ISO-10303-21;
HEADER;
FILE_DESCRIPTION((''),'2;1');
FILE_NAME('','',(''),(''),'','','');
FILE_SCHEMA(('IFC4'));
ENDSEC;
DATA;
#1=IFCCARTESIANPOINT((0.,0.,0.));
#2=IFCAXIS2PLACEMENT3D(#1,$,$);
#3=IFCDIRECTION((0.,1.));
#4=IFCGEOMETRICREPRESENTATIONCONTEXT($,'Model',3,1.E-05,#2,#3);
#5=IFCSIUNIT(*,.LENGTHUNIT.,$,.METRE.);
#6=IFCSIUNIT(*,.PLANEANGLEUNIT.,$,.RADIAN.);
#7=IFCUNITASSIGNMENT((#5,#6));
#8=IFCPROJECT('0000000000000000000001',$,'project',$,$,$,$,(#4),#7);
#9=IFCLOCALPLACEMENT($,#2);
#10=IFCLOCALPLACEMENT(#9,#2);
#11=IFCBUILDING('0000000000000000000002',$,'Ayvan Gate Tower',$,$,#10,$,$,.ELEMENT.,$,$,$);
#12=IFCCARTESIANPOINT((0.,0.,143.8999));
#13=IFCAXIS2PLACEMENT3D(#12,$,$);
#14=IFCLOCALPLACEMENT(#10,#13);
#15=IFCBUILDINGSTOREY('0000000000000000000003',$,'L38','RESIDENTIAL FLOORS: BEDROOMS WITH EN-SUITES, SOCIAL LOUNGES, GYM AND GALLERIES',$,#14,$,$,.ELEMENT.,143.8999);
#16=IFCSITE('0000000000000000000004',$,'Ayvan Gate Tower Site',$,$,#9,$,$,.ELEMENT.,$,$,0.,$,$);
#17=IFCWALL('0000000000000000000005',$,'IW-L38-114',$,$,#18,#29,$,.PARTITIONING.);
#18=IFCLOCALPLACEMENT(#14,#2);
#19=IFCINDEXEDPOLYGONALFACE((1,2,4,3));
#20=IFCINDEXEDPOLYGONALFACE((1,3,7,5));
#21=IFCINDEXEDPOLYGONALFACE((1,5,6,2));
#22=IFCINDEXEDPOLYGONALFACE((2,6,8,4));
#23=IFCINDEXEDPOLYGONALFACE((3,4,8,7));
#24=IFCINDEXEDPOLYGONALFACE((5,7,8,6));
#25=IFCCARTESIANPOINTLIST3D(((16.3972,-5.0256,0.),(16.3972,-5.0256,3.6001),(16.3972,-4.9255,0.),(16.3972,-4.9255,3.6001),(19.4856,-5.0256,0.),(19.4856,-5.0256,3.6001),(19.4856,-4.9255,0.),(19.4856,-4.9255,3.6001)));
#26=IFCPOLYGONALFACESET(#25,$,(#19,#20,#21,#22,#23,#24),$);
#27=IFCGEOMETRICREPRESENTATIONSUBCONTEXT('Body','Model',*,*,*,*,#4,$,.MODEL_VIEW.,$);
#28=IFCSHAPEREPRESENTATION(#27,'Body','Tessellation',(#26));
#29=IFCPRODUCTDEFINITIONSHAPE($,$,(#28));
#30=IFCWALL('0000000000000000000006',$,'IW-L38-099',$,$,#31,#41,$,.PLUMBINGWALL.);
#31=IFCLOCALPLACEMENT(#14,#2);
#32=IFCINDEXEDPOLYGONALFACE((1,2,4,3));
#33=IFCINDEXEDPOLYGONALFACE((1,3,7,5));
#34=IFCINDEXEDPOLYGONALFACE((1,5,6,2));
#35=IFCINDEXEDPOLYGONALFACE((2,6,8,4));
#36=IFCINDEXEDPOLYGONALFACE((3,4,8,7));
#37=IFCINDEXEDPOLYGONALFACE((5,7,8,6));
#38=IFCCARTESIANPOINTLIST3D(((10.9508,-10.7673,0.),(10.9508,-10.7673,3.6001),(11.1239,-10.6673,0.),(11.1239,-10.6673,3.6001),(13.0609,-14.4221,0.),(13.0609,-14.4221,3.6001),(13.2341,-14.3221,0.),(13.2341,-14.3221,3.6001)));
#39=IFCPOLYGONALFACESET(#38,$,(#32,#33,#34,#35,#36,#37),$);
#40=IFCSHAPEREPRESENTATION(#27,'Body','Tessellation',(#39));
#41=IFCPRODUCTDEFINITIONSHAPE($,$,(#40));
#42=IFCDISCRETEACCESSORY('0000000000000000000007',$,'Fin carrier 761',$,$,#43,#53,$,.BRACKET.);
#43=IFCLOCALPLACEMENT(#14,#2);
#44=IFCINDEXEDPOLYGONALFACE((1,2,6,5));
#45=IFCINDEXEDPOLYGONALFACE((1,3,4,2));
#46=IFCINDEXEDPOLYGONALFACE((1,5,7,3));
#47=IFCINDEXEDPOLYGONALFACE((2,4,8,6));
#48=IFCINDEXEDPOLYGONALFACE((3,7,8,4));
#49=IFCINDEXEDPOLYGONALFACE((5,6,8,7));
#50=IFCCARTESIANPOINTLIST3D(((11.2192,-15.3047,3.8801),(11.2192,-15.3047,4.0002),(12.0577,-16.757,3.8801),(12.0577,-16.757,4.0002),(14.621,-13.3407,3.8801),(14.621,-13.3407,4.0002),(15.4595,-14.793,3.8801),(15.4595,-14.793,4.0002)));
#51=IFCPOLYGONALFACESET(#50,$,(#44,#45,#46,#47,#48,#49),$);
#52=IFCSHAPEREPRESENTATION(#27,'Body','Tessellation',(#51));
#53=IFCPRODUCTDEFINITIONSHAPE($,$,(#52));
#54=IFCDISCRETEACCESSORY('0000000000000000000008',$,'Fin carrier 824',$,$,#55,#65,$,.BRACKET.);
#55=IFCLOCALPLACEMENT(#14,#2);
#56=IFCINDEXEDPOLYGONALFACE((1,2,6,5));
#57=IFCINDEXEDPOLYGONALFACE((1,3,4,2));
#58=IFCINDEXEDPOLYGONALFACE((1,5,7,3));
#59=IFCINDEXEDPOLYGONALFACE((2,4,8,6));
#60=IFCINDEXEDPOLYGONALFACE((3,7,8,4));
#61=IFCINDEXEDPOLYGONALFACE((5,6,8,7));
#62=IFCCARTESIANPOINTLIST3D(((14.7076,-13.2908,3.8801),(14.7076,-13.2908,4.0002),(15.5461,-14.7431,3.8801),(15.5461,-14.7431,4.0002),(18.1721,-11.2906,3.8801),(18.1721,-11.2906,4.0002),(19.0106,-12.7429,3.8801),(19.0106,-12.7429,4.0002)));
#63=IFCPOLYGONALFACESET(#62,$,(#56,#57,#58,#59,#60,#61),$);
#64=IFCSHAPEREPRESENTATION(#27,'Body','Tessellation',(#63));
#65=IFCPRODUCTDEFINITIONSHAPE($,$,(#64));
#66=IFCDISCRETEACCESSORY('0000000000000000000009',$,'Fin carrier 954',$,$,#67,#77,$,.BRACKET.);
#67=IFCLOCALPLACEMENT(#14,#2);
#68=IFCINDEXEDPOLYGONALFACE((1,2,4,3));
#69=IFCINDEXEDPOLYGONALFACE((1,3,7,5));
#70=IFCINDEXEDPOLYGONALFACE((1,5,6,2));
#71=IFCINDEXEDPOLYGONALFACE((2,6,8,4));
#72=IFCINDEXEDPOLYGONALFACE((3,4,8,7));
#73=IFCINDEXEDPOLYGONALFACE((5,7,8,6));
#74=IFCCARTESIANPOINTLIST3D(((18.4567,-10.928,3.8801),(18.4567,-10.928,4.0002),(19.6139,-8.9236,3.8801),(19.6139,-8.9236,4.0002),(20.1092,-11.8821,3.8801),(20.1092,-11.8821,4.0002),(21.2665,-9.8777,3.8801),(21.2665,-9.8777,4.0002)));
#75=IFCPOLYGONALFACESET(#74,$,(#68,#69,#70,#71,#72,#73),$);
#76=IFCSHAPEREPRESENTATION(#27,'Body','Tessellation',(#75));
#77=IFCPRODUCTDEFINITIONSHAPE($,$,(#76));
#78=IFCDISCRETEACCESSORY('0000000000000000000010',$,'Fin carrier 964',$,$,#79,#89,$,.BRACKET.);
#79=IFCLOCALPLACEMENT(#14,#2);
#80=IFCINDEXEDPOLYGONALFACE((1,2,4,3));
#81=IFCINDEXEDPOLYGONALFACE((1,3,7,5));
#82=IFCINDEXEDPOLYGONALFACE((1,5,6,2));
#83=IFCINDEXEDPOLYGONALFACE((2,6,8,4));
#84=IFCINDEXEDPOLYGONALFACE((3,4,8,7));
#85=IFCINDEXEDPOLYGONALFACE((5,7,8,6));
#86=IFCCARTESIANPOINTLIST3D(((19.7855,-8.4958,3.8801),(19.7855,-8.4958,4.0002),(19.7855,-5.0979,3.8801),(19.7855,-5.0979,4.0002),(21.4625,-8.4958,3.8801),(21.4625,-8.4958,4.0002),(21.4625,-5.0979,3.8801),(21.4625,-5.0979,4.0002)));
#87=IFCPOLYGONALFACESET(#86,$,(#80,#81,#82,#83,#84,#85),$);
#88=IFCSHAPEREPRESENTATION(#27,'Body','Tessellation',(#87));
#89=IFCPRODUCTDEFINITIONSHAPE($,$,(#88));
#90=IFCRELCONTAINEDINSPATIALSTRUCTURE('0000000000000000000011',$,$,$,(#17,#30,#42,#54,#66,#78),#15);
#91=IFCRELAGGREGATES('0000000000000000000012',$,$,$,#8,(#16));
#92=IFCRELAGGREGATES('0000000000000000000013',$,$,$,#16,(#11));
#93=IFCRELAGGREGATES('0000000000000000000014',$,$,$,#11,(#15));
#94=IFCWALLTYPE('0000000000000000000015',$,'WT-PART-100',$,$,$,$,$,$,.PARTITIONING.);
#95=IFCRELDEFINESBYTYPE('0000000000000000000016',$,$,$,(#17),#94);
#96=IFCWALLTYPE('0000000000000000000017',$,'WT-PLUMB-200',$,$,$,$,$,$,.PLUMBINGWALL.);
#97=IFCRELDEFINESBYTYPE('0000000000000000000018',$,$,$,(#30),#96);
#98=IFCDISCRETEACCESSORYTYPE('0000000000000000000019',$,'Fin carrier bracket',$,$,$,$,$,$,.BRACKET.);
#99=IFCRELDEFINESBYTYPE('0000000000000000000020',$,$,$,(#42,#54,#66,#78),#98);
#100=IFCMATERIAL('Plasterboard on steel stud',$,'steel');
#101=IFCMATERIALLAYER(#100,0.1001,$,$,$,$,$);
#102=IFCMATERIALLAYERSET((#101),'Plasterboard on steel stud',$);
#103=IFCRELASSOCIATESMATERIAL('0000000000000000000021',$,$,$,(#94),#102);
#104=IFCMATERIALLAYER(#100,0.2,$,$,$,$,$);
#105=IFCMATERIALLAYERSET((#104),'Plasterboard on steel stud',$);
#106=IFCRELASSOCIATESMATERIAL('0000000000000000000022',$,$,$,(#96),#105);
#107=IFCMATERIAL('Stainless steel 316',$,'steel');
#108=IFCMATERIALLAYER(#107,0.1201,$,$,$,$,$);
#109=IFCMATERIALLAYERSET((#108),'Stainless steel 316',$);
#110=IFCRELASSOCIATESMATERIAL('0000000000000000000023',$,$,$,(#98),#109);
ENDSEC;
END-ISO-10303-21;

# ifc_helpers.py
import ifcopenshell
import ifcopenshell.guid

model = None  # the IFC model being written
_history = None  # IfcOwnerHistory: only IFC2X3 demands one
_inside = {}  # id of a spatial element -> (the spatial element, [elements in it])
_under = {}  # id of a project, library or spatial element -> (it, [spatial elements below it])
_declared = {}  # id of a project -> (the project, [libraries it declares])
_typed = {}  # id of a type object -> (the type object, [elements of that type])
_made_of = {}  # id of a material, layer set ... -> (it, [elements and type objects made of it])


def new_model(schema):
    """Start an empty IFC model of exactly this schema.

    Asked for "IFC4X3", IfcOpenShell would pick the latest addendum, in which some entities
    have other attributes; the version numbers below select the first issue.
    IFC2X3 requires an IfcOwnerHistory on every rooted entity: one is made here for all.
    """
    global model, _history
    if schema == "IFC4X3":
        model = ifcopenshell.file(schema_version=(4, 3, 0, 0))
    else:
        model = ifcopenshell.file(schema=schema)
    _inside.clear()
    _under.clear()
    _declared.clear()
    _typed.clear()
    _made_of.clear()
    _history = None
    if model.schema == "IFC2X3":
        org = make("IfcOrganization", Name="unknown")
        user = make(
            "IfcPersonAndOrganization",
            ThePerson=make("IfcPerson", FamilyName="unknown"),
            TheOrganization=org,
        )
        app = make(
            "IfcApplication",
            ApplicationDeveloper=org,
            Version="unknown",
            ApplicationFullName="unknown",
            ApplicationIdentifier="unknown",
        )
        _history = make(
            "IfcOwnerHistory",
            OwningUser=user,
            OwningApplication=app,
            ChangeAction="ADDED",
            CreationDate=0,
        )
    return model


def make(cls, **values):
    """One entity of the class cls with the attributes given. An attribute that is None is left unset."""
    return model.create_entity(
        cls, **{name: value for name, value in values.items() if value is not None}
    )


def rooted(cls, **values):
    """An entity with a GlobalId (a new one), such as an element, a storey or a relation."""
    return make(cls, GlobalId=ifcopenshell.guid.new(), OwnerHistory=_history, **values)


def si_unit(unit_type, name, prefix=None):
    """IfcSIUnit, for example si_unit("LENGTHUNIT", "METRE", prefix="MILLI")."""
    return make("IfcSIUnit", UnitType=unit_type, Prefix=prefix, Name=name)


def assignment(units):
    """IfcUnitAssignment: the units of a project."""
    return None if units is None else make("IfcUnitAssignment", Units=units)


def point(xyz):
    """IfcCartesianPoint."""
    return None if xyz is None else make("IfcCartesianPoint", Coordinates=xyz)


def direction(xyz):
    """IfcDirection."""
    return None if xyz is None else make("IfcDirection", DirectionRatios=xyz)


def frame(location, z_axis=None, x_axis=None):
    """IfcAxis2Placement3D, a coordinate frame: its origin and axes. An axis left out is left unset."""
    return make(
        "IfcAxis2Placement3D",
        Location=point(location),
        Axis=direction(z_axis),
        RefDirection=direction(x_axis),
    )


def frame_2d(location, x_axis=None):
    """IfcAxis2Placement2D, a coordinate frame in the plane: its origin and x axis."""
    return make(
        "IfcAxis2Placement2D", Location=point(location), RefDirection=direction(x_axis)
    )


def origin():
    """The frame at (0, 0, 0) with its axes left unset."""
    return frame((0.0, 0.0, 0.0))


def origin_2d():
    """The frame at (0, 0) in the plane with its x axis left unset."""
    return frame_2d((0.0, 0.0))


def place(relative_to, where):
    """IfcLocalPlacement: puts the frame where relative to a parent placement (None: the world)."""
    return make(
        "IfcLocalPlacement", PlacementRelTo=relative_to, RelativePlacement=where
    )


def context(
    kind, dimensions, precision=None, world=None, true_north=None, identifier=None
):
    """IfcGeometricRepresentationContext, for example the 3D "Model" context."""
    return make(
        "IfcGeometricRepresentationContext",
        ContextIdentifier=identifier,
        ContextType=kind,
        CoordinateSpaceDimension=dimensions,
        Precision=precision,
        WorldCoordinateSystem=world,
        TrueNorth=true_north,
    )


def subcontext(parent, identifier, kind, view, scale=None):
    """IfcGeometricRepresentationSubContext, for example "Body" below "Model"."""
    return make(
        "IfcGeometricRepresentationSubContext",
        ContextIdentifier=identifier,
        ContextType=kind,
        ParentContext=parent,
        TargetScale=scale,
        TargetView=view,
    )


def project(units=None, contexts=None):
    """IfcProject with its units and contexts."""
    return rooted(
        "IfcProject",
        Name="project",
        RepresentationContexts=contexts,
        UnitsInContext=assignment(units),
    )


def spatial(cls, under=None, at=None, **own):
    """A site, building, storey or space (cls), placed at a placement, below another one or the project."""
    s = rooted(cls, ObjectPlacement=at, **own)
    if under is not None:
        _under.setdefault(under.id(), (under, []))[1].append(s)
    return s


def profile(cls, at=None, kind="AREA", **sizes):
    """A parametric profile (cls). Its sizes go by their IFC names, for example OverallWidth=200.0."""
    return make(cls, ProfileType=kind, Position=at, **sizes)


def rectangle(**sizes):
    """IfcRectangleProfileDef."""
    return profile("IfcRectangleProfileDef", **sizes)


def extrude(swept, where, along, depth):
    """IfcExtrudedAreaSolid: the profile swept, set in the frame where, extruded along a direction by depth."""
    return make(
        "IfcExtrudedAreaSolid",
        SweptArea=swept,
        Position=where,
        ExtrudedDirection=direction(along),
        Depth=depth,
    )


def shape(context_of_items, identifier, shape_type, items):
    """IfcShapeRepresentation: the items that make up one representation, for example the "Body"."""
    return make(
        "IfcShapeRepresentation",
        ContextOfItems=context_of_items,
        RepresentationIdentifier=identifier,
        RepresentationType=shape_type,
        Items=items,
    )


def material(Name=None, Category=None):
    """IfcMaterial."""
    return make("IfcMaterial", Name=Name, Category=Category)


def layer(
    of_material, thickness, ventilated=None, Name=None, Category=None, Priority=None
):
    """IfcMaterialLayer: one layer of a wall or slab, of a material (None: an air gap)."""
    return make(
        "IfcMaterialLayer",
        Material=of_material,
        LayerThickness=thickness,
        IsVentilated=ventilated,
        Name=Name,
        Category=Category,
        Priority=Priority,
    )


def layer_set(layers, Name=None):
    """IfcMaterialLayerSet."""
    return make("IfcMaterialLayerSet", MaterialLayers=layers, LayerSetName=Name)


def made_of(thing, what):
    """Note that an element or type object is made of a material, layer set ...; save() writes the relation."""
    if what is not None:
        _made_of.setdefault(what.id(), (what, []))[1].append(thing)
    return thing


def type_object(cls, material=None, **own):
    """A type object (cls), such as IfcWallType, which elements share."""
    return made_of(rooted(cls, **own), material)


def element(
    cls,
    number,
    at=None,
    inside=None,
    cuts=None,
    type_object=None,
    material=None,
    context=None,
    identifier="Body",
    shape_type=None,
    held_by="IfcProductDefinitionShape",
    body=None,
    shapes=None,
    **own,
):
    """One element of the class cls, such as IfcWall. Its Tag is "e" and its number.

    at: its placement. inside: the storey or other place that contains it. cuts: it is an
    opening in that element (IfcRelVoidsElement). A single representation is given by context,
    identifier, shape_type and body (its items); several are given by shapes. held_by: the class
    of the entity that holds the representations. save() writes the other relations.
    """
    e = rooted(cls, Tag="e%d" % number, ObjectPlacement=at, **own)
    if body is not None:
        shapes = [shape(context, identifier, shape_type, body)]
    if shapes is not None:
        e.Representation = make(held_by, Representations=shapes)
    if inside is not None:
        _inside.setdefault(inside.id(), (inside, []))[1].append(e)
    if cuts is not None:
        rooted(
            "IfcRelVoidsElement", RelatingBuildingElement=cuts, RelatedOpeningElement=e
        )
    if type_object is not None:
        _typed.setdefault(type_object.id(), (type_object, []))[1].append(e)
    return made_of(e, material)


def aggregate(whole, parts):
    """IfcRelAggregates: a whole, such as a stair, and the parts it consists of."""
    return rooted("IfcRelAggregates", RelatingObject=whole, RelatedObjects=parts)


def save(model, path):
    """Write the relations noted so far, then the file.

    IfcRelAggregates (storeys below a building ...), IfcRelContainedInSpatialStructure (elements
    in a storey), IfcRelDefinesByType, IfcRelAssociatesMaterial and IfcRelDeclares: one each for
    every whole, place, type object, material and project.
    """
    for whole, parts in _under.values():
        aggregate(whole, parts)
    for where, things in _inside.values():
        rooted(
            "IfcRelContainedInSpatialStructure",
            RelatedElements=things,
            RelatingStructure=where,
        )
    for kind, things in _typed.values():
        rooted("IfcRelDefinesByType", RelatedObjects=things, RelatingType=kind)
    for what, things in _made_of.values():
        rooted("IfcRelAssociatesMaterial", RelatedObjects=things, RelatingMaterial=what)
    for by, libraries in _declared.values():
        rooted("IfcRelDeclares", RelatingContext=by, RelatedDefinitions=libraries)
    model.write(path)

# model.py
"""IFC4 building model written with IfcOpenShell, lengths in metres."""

from ifc_helpers import new_model, si_unit, direction, frame, frame_2d, origin, origin_2d, place, context, subcontext, project, spatial, rectangle, extrude, material, layer, layer_set, type_object, element, save


model = new_model("IFC4")

# Units and contexts
model_context = context("Model", 3, precision=1e-05, world=origin(), true_north=direction((0.0, 1.0)))
body_context = subcontext(model_context, "Body", "Model", "MODEL_VIEW")
ifc_project = project(units=[si_unit("LENGTHUNIT", "METRE"), si_unit("PLANEANGLEUNIT", "RADIAN")], contexts=[model_context])

# Site, building, storey
site_placement = place(None, origin())
site = spatial("IfcSite", under=ifc_project, at=site_placement, Name="Ayvan Gate Tower Site", CompositionType="ELEMENT", RefElevation=0.0)
building_placement = place(site_placement, origin())
building = spatial("IfcBuilding", under=site, at=building_placement, Name="Ayvan Gate Tower", CompositionType="ELEMENT")
storey_placement = place(building_placement, frame((0.0, 0.0, 143.8999)))
storey = spatial("IfcBuildingStorey", under=building, at=storey_placement, Name="L38", Description="RESIDENTIAL FLOORS: BEDROOMS WITH EN-SUITES, SOCIAL LOUNGES, GYM AND GALLERIES", CompositionType="ELEMENT", Elevation=143.8999)

# Shared definitions
ifc_material_1 = material(Name="Plasterboard on steel stud", Category="steel")

# Walls
ifc_layer_1 = layer(ifc_material_1, 0.1001)
ifc_layer_set_1 = layer_set([ifc_layer_1], Name="Plasterboard on steel stud")
wall_type_1 = type_object("IfcWallType", Name="WT-PART-100", PredefinedType="PARTITIONING", material=ifc_layer_set_1)
wall_1_placement = place(storey_placement, frame((19.4856, -4.9756, 0.0), z_axis=(0.0, 0.0, 1.0), x_axis=(-1.0, 0.0, 0.0)))
element("IfcWall", 1, at=wall_1_placement, inside=storey, type_object=wall_type_1, Name="IW-L38-114", PredefinedType="PARTITIONING", context=body_context, shape_type="SweptSolid", body=[
    extrude(rectangle(XDim=3.0884, YDim=0.1001, at=frame_2d((1.5442, 0.0))), origin(), (0.0, 0.0, 1.0), 3.6001),
])
ifc_layer_2 = layer(ifc_material_1, 0.2)
ifc_layer_set_2 = layer_set([ifc_layer_2], Name="Plasterboard on steel stud")
wall_type_2 = type_object("IfcWallType", Name="WT-PLUMB-200", PredefinedType="PLUMBINGWALL", material=ifc_layer_set_2)
wall_2_placement = place(storey_placement, frame((11.0374, -10.7173, 0.0), z_axis=(0.0, 0.0, 1.0), x_axis=(0.500003, -0.866024, 0.0)))
element("IfcWall", 2, at=wall_2_placement, inside=storey, type_object=wall_type_2, Name="IW-L38-099", PredefinedType="PLUMBINGWALL", context=body_context, shape_type="SweptSolid", body=[
    extrude(rectangle(XDim=4.2202, YDim=0.2, at=frame_2d((2.1101, 0.0))), origin(), (0.0, 0.0, 1.0), 3.6001),
])

# Discrete accessories
ifc_material_2 = material(Name="Stainless steel 316", Category="steel")
ifc_layer_3 = layer(ifc_material_2, 0.1201)
ifc_layer_set_3 = layer_set([ifc_layer_3], Name="Stainless steel 316")
discrete_accessory_type = type_object("IfcDiscreteAccessoryType", Name="Fin carrier bracket", PredefinedType="BRACKET", material=ifc_layer_set_3)
discrete_accessory_1_placement = place(storey_placement, frame((13.3394, -15.0488, 3.8801), z_axis=(0.0, 0.0, 1.0), x_axis=(0.866025, 0.5, 0.0)))
element("IfcDiscreteAccessory", 3, at=discrete_accessory_1_placement, inside=storey, type_object=discrete_accessory_type, Name="Fin carrier 761", PredefinedType="BRACKET", context=body_context, shape_type="SweptSolid", body=[
    extrude(rectangle(XDim=3.928, YDim=1.677, at=origin_2d()), origin(), (0.0, 0.0, 1.0), 0.1201),
])
discrete_accessory_2_placement = place(storey_placement, frame((16.8591, -13.0168, 3.8801), z_axis=(0.0, 0.0, 1.0), x_axis=(0.866025, 0.5, 0.0)))
element("IfcDiscreteAccessory", 4, at=discrete_accessory_2_placement, inside=storey, type_object=discrete_accessory_type, Name="Fin carrier 824", PredefinedType="BRACKET", context=body_context, shape_type="SweptSolid", body=[
    extrude(rectangle(XDim=4.0005, YDim=1.677, at=origin_2d()), origin(), (0.0, 0.0, 1.0), 0.1201),
])
discrete_accessory_3_placement = place(storey_placement, frame((19.8616, -10.4028, 3.8801), z_axis=(0.0, 0.0, 1.0), x_axis=(0.5, 0.866025, 0.0)))
element("IfcDiscreteAccessory", 5, at=discrete_accessory_3_placement, inside=storey, type_object=discrete_accessory_type, Name="Fin carrier 954", PredefinedType="BRACKET", context=body_context, shape_type="SweptSolid", body=[
    extrude(rectangle(XDim=2.3145, YDim=1.9082, at=origin_2d()), origin(), (0.0, 0.0, 1.0), 0.1201),
])
discrete_accessory_4_placement = place(storey_placement, frame((20.624, -6.7969, 3.8801), z_axis=(0.0, 0.0, 1.0), x_axis=(0.0, 1.0, 0.0)))
element("IfcDiscreteAccessory", 6, at=discrete_accessory_4_placement, inside=storey, type_object=discrete_accessory_type, Name="Fin carrier 964", PredefinedType="BRACKET", context=body_context, shape_type="SweptSolid", body=[
    extrude(rectangle(XDim=3.3979, YDim=1.677, at=origin_2d()), origin(), (0.0, 0.0, 1.0), 0.1201),
])

save(model, "model.ifc")
